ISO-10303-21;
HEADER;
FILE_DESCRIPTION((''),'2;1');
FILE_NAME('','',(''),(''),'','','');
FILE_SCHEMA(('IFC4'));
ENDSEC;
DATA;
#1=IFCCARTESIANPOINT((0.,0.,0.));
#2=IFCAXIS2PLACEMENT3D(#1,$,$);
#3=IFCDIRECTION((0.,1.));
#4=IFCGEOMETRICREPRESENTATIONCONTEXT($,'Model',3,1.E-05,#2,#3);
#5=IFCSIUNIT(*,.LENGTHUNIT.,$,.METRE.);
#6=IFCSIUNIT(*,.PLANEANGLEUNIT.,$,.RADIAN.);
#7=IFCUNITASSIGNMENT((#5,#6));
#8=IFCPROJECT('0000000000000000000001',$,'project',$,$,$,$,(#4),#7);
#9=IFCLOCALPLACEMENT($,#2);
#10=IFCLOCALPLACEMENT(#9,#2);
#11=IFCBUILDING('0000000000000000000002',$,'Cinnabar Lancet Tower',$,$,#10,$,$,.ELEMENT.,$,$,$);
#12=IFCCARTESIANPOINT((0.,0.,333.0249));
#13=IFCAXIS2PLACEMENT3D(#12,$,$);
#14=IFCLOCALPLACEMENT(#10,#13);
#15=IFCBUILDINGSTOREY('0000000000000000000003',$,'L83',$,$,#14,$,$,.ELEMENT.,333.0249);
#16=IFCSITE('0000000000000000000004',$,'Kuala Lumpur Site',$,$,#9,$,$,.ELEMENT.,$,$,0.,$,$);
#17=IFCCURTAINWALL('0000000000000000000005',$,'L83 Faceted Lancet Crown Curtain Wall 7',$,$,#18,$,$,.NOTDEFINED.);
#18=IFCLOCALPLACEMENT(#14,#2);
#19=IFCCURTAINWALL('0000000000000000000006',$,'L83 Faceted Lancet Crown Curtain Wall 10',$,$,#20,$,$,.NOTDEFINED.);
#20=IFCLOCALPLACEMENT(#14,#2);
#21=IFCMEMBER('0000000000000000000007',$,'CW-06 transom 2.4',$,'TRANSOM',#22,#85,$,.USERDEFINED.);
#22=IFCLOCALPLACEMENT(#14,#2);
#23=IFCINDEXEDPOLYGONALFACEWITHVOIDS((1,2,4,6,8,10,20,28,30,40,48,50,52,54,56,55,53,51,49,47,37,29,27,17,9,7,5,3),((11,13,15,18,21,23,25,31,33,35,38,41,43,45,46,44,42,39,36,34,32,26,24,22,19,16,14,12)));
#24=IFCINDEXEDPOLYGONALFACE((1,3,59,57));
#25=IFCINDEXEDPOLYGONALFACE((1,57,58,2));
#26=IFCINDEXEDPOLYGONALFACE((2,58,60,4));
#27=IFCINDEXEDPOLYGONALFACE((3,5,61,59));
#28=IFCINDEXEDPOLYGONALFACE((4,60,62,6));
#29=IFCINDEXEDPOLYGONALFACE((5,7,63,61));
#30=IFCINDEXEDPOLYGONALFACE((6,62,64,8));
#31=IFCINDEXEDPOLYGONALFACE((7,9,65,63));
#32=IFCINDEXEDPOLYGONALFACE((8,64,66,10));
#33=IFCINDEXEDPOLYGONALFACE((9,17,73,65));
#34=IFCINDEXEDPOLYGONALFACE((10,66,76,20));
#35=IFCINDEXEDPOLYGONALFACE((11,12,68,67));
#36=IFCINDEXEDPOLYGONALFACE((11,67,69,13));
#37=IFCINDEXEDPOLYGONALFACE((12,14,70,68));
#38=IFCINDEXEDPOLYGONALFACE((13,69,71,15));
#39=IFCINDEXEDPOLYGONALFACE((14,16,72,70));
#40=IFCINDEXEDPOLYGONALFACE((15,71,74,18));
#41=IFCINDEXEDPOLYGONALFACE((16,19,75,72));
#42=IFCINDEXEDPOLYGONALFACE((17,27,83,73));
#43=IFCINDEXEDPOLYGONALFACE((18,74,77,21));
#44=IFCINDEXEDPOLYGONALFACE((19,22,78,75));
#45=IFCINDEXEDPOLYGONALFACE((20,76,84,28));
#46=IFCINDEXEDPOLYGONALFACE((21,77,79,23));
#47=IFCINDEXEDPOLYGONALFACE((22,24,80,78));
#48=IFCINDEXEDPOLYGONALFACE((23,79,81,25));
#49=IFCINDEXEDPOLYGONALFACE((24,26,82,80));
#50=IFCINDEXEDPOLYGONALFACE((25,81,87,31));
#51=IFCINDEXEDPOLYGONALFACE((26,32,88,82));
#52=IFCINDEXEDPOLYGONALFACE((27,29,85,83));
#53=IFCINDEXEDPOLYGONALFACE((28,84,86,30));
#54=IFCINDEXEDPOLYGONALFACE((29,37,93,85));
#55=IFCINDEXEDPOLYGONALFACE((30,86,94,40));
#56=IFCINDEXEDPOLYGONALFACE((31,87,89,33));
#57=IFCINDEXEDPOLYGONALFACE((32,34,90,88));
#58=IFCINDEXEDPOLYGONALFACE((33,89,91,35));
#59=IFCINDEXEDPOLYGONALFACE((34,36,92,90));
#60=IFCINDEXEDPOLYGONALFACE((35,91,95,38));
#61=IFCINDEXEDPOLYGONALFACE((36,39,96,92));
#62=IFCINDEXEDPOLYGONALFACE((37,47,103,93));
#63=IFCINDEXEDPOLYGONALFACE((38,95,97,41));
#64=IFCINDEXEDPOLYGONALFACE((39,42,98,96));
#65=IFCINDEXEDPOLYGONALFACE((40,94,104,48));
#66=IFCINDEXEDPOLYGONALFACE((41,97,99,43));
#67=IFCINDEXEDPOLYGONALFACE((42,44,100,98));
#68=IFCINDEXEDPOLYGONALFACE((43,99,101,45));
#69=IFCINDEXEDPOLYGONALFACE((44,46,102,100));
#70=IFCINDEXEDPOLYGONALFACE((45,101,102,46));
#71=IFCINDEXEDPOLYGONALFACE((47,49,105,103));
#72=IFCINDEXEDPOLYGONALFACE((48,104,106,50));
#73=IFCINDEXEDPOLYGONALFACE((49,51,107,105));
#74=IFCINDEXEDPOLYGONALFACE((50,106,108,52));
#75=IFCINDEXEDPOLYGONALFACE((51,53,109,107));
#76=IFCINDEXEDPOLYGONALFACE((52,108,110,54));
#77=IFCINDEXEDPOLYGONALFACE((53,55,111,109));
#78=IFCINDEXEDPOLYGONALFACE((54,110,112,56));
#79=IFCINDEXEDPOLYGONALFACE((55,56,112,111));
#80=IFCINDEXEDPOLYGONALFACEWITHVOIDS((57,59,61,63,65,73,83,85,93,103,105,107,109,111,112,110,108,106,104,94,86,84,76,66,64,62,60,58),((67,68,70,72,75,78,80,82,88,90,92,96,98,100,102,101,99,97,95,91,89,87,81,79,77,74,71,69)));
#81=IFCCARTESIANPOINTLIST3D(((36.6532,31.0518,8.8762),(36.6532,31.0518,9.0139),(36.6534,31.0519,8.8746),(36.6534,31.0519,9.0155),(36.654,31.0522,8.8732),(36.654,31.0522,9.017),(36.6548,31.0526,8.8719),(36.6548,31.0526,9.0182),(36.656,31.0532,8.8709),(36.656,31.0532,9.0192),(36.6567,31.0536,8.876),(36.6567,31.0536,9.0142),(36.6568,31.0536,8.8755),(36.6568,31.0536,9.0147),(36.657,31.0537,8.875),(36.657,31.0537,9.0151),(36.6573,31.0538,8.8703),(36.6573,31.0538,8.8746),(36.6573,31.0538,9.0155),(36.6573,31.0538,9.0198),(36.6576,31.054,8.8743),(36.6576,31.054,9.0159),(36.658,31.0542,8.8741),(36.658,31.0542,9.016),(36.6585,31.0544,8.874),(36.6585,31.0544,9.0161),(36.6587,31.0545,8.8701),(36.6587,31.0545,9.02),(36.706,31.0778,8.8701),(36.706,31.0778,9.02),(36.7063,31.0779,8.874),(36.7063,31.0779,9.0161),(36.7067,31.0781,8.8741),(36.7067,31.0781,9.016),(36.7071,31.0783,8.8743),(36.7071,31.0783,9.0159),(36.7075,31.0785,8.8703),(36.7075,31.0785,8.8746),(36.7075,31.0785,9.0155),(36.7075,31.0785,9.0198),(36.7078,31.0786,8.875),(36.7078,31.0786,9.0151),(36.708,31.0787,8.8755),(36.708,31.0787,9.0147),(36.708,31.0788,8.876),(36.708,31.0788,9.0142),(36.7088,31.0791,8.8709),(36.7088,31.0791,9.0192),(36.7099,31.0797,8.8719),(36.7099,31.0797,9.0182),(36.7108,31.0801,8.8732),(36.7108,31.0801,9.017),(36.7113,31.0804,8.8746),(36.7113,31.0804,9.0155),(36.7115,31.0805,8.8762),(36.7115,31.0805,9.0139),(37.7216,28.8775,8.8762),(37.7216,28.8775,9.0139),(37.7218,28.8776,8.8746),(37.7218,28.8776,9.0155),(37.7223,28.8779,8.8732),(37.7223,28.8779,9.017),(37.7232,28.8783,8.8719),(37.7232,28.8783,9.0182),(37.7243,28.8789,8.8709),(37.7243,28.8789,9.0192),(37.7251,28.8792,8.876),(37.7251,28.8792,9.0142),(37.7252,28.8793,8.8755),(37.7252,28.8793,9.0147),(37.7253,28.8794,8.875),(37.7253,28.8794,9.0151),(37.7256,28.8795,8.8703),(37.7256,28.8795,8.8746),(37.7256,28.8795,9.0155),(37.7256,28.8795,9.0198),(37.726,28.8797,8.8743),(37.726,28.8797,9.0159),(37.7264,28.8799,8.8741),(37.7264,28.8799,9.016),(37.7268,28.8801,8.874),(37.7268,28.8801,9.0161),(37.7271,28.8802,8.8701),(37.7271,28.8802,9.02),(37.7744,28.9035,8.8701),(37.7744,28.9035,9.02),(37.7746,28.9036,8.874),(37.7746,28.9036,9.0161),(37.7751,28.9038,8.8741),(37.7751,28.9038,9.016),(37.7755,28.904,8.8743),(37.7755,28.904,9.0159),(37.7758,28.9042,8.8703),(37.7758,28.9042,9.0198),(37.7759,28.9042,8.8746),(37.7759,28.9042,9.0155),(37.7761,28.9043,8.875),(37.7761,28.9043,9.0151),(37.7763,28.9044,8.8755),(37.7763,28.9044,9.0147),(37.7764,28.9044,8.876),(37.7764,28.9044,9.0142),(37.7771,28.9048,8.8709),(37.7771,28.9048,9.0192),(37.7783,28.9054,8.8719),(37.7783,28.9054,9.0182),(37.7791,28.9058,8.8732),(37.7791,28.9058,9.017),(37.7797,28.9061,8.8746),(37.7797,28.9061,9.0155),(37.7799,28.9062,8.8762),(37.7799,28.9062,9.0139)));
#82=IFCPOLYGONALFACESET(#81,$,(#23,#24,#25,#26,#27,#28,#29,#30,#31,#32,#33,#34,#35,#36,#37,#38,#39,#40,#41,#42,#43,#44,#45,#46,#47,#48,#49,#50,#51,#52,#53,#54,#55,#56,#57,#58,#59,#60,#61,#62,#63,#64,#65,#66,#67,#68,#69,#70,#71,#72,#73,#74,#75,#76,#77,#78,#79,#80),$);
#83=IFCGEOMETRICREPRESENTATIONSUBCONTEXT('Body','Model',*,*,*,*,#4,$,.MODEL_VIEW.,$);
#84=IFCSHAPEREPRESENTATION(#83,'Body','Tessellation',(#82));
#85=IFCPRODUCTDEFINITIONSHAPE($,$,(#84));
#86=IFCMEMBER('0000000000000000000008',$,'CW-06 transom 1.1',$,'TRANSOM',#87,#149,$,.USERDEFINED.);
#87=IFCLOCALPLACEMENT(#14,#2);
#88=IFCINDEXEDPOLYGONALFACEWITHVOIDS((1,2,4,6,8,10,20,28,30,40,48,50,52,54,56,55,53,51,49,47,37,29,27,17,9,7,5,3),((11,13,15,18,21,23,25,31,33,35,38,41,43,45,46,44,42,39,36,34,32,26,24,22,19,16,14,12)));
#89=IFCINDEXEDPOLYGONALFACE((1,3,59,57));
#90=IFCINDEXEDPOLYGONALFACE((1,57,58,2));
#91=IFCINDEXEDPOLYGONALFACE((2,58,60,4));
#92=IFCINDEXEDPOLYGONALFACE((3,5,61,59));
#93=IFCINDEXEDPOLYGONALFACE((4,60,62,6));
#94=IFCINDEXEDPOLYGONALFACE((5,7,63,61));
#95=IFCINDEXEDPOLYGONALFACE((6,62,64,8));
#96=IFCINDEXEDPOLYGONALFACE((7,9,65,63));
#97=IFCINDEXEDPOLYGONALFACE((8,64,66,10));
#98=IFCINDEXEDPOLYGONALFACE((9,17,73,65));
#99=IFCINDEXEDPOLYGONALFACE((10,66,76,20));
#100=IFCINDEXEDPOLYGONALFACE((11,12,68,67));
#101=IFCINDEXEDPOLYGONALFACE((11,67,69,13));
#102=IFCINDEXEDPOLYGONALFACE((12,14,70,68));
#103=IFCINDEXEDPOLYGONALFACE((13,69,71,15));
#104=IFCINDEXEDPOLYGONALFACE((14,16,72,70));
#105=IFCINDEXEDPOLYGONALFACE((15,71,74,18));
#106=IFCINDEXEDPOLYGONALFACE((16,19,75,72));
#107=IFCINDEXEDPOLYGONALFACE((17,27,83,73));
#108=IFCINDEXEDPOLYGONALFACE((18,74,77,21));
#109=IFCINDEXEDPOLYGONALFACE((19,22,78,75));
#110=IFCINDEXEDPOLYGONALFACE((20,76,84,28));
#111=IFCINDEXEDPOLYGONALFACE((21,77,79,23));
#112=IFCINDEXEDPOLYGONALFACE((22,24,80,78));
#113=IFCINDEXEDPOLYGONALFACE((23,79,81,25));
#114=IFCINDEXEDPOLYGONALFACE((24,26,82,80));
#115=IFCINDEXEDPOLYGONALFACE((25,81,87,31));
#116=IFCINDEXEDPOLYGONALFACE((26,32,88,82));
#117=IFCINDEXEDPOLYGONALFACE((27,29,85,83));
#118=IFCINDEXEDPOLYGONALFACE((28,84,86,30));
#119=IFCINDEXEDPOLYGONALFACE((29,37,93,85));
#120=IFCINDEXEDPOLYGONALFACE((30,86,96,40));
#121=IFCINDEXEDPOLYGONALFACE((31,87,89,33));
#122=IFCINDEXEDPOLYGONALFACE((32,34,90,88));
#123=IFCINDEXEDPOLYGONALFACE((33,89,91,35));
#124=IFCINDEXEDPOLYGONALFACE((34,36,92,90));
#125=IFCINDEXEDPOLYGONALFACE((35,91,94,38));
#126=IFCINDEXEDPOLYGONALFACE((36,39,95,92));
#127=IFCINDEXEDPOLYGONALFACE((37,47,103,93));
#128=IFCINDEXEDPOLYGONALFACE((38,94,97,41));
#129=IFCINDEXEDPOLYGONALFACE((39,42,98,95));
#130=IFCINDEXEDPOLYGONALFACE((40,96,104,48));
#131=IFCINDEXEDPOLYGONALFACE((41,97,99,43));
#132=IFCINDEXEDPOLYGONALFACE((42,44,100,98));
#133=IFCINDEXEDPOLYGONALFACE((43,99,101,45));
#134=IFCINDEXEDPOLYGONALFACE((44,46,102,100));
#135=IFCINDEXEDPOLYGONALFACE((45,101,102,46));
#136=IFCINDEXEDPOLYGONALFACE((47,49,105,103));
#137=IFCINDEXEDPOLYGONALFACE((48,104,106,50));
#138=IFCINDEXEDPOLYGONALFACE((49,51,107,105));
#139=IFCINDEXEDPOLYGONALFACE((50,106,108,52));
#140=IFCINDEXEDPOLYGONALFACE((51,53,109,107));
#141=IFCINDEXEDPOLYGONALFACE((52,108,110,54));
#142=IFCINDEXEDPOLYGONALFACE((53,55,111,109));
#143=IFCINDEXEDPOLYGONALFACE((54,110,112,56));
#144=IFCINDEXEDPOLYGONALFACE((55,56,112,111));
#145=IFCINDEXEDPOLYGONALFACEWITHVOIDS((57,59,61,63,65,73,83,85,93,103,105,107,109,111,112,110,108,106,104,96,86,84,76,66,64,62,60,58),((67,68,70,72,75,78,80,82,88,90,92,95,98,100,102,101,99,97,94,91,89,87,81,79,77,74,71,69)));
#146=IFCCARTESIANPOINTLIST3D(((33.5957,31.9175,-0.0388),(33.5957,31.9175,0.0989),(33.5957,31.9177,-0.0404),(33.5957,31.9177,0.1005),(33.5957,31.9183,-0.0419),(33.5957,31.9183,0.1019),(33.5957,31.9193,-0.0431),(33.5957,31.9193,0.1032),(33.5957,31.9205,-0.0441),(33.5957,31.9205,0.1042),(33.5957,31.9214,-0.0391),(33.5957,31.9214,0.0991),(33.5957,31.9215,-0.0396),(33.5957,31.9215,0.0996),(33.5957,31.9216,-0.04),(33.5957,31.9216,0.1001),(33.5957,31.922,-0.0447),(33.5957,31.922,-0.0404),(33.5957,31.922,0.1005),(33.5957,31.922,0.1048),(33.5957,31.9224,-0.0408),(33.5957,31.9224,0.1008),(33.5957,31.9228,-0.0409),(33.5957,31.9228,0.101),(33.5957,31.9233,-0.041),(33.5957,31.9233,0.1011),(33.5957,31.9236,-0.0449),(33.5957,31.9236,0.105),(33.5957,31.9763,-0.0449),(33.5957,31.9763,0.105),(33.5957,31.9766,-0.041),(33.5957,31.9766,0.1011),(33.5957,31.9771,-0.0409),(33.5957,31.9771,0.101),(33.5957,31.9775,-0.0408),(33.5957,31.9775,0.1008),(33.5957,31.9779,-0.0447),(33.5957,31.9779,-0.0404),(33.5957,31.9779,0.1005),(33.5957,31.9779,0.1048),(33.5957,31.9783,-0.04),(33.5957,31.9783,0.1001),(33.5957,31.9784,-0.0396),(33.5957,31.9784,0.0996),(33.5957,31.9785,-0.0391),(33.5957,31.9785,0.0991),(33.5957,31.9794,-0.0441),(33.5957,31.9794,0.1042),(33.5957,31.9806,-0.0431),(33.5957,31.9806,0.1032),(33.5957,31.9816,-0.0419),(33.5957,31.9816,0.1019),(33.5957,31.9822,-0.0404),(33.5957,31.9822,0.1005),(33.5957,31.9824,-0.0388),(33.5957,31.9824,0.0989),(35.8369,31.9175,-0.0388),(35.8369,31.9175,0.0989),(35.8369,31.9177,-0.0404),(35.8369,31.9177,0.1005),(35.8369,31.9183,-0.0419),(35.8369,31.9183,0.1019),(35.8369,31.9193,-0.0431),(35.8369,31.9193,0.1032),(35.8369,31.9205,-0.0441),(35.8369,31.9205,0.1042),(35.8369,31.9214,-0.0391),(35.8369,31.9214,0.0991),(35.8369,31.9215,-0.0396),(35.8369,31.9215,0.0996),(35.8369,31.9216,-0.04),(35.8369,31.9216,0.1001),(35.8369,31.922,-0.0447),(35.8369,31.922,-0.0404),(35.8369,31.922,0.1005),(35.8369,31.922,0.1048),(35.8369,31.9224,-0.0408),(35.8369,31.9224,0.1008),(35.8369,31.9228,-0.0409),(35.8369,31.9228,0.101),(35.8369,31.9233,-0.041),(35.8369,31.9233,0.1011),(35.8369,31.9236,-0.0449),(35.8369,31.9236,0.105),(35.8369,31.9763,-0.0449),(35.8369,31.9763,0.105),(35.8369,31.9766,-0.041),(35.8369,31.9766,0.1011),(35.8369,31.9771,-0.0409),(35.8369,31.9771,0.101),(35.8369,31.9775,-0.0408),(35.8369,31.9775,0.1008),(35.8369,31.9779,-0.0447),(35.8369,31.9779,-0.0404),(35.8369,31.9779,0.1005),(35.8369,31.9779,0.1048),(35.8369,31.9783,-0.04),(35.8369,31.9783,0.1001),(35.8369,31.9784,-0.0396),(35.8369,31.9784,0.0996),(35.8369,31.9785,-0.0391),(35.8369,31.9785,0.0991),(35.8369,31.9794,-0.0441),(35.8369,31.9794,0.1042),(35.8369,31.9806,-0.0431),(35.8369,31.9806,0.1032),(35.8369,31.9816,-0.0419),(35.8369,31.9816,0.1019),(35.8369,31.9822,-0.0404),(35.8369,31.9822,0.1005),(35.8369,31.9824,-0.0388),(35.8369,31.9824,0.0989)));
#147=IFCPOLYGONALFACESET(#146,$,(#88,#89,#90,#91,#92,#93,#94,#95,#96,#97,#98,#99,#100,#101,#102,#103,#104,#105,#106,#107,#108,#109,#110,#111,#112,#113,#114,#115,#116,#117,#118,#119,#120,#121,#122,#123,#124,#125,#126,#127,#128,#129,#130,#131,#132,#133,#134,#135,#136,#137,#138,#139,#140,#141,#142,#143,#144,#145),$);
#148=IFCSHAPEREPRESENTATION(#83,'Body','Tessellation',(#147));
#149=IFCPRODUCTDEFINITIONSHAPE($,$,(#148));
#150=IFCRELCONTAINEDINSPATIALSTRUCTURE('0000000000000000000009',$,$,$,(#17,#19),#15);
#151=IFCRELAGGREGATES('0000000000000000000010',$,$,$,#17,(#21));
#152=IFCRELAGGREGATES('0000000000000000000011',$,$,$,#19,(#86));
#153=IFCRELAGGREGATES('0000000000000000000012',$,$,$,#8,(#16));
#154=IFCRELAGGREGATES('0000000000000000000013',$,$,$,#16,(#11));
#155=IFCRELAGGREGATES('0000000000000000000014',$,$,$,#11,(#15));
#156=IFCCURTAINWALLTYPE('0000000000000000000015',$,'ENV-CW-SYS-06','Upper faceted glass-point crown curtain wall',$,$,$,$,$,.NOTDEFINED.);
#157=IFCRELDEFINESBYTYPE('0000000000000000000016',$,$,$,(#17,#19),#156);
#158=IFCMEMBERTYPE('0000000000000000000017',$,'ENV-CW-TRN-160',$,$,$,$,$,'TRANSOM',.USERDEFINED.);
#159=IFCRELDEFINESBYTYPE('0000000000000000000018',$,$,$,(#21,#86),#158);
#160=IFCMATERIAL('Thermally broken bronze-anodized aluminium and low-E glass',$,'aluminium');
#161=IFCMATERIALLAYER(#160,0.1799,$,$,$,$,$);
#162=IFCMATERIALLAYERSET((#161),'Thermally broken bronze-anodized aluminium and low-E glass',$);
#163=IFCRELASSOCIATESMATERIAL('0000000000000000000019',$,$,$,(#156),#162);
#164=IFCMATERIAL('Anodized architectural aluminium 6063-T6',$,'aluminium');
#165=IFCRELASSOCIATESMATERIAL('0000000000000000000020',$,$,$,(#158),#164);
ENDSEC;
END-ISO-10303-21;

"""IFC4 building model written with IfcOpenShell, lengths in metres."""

from ifc_helpers import new_model, si_unit, direction, frame, origin, origin_2d, place, context, subcontext, project, spatial, hollow_rectangle, extrude, material, layer, layer_set, material_profile, profile_set, type_object, element, aggregate, save


model = new_model("IFC4")

# Units and contexts
model_context = context("Model", 3, precision=1e-05, world=origin(), true_north=direction((0.0, 1.0)))
body_context = subcontext(model_context, "Body", "Model", "MODEL_VIEW")
ifc_project = project(units=[si_unit("LENGTHUNIT", "METRE"), si_unit("PLANEANGLEUNIT", "RADIAN")], contexts=[model_context])

# Site, building, storey
site_placement = place(None, origin())
site = spatial("IfcSite", under=ifc_project, at=site_placement, Name="Kuala Lumpur Site", CompositionType="ELEMENT", RefElevation=0.0)
building_placement = place(site_placement, origin())
building = spatial("IfcBuilding", under=site, at=building_placement, Name="Cinnabar Lancet Tower", CompositionType="ELEMENT")
storey_placement = place(building_placement, frame((0.0, 0.0, 333.0249)))
storey = spatial("IfcBuildingStorey", under=building, at=storey_placement, Name="L83", CompositionType="ELEMENT", Elevation=333.0249)

# Curtain walls
ifc_material_1 = material(Name="Thermally broken bronze-anodized aluminium and low-E glass", Category="aluminium")
ifc_layer_1 = layer(ifc_material_1, 0.1799)
ifc_layer_set_1 = layer_set([ifc_layer_1], Name="Thermally broken bronze-anodized aluminium and low-E glass")
curtain_wall_type = type_object("IfcCurtainWallType", Name="ENV-CW-SYS-06", Description="Upper faceted glass-point crown curtain wall", PredefinedType="NOTDEFINED", material=ifc_layer_set_1)
curtain_wall_1_placement = place(storey_placement, origin())
curtain_wall_1 = element("IfcCurtainWall", 1, at=curtain_wall_1_placement, inside=storey, type_object=curtain_wall_type, Name="L83 Faceted Lancet Crown Curtain Wall 7", PredefinedType="NOTDEFINED")
curtain_wall_2_placement = place(storey_placement, origin())
curtain_wall_2 = element("IfcCurtainWall", 2, at=curtain_wall_2_placement, inside=storey, type_object=curtain_wall_type, Name="L83 Faceted Lancet Crown Curtain Wall 10", PredefinedType="NOTDEFINED")

# Members
ifc_material_2 = material(Name="Anodized architectural aluminium 6063-T6", Category="aluminium")
ifc_material_profile_1 = material_profile(ifc_material_2, hollow_rectangle(XDim=0.0649, YDim=0.1499, WallThickness=0.0039, InnerFilletRadius=0.002, OuterFilletRadius=0.0061, at=origin_2d()), Name="CW-TRN 150x65x4")
ifc_profile_set_1 = profile_set([ifc_material_profile_1], Name="Anodized architectural aluminium 6063-T6")
member_type_1 = type_object("IfcMemberType", Name="ENV-CW-TRN-160", ElementType="TRANSOM", PredefinedType="USERDEFINED", material=ifc_profile_set_1)
member_1_placement = place(storey_placement, frame((37.7507, 28.8918, 8.9451), z_axis=(-0.440995, 0.89751, 0.0), x_axis=(-0.89751, -0.440995, 0.0)))
member_1 = element("IfcMember", 3, at=member_1_placement, type_object=member_type_1, Name="CW-06 transom 2.4", ObjectType="TRANSOM", PredefinedType="USERDEFINED", context=body_context, shape_type="SweptSolid", body=[
    extrude(hollow_rectangle(XDim=0.0649, YDim=0.1499, WallThickness=0.0039, InnerFilletRadius=0.002, OuterFilletRadius=0.0061, at=origin_2d()), origin(), (0.0, 0.0, 1.0), 2.4226),
])
member_2_placement = place(storey_placement, frame((35.8369, 31.95, 0.03), z_axis=(-1.0, 0.0, 0.0), x_axis=(0.0, -1.0, 0.0)))
member_2 = element("IfcMember", 4, at=member_2_placement, type_object=member_type_1, Name="CW-06 transom 1.1", ObjectType="TRANSOM", PredefinedType="USERDEFINED", context=body_context, shape_type="SweptSolid", body=[
    extrude(hollow_rectangle(XDim=0.0649, YDim=0.1499, WallThickness=0.0039, InnerFilletRadius=0.002, OuterFilletRadius=0.0061, at=origin_2d()), origin(), (0.0, 0.0, 1.0), 2.2412),
])

aggregate(curtain_wall_1, [member_1])
aggregate(curtain_wall_2, [member_2])

save(model, "model.ifc")
